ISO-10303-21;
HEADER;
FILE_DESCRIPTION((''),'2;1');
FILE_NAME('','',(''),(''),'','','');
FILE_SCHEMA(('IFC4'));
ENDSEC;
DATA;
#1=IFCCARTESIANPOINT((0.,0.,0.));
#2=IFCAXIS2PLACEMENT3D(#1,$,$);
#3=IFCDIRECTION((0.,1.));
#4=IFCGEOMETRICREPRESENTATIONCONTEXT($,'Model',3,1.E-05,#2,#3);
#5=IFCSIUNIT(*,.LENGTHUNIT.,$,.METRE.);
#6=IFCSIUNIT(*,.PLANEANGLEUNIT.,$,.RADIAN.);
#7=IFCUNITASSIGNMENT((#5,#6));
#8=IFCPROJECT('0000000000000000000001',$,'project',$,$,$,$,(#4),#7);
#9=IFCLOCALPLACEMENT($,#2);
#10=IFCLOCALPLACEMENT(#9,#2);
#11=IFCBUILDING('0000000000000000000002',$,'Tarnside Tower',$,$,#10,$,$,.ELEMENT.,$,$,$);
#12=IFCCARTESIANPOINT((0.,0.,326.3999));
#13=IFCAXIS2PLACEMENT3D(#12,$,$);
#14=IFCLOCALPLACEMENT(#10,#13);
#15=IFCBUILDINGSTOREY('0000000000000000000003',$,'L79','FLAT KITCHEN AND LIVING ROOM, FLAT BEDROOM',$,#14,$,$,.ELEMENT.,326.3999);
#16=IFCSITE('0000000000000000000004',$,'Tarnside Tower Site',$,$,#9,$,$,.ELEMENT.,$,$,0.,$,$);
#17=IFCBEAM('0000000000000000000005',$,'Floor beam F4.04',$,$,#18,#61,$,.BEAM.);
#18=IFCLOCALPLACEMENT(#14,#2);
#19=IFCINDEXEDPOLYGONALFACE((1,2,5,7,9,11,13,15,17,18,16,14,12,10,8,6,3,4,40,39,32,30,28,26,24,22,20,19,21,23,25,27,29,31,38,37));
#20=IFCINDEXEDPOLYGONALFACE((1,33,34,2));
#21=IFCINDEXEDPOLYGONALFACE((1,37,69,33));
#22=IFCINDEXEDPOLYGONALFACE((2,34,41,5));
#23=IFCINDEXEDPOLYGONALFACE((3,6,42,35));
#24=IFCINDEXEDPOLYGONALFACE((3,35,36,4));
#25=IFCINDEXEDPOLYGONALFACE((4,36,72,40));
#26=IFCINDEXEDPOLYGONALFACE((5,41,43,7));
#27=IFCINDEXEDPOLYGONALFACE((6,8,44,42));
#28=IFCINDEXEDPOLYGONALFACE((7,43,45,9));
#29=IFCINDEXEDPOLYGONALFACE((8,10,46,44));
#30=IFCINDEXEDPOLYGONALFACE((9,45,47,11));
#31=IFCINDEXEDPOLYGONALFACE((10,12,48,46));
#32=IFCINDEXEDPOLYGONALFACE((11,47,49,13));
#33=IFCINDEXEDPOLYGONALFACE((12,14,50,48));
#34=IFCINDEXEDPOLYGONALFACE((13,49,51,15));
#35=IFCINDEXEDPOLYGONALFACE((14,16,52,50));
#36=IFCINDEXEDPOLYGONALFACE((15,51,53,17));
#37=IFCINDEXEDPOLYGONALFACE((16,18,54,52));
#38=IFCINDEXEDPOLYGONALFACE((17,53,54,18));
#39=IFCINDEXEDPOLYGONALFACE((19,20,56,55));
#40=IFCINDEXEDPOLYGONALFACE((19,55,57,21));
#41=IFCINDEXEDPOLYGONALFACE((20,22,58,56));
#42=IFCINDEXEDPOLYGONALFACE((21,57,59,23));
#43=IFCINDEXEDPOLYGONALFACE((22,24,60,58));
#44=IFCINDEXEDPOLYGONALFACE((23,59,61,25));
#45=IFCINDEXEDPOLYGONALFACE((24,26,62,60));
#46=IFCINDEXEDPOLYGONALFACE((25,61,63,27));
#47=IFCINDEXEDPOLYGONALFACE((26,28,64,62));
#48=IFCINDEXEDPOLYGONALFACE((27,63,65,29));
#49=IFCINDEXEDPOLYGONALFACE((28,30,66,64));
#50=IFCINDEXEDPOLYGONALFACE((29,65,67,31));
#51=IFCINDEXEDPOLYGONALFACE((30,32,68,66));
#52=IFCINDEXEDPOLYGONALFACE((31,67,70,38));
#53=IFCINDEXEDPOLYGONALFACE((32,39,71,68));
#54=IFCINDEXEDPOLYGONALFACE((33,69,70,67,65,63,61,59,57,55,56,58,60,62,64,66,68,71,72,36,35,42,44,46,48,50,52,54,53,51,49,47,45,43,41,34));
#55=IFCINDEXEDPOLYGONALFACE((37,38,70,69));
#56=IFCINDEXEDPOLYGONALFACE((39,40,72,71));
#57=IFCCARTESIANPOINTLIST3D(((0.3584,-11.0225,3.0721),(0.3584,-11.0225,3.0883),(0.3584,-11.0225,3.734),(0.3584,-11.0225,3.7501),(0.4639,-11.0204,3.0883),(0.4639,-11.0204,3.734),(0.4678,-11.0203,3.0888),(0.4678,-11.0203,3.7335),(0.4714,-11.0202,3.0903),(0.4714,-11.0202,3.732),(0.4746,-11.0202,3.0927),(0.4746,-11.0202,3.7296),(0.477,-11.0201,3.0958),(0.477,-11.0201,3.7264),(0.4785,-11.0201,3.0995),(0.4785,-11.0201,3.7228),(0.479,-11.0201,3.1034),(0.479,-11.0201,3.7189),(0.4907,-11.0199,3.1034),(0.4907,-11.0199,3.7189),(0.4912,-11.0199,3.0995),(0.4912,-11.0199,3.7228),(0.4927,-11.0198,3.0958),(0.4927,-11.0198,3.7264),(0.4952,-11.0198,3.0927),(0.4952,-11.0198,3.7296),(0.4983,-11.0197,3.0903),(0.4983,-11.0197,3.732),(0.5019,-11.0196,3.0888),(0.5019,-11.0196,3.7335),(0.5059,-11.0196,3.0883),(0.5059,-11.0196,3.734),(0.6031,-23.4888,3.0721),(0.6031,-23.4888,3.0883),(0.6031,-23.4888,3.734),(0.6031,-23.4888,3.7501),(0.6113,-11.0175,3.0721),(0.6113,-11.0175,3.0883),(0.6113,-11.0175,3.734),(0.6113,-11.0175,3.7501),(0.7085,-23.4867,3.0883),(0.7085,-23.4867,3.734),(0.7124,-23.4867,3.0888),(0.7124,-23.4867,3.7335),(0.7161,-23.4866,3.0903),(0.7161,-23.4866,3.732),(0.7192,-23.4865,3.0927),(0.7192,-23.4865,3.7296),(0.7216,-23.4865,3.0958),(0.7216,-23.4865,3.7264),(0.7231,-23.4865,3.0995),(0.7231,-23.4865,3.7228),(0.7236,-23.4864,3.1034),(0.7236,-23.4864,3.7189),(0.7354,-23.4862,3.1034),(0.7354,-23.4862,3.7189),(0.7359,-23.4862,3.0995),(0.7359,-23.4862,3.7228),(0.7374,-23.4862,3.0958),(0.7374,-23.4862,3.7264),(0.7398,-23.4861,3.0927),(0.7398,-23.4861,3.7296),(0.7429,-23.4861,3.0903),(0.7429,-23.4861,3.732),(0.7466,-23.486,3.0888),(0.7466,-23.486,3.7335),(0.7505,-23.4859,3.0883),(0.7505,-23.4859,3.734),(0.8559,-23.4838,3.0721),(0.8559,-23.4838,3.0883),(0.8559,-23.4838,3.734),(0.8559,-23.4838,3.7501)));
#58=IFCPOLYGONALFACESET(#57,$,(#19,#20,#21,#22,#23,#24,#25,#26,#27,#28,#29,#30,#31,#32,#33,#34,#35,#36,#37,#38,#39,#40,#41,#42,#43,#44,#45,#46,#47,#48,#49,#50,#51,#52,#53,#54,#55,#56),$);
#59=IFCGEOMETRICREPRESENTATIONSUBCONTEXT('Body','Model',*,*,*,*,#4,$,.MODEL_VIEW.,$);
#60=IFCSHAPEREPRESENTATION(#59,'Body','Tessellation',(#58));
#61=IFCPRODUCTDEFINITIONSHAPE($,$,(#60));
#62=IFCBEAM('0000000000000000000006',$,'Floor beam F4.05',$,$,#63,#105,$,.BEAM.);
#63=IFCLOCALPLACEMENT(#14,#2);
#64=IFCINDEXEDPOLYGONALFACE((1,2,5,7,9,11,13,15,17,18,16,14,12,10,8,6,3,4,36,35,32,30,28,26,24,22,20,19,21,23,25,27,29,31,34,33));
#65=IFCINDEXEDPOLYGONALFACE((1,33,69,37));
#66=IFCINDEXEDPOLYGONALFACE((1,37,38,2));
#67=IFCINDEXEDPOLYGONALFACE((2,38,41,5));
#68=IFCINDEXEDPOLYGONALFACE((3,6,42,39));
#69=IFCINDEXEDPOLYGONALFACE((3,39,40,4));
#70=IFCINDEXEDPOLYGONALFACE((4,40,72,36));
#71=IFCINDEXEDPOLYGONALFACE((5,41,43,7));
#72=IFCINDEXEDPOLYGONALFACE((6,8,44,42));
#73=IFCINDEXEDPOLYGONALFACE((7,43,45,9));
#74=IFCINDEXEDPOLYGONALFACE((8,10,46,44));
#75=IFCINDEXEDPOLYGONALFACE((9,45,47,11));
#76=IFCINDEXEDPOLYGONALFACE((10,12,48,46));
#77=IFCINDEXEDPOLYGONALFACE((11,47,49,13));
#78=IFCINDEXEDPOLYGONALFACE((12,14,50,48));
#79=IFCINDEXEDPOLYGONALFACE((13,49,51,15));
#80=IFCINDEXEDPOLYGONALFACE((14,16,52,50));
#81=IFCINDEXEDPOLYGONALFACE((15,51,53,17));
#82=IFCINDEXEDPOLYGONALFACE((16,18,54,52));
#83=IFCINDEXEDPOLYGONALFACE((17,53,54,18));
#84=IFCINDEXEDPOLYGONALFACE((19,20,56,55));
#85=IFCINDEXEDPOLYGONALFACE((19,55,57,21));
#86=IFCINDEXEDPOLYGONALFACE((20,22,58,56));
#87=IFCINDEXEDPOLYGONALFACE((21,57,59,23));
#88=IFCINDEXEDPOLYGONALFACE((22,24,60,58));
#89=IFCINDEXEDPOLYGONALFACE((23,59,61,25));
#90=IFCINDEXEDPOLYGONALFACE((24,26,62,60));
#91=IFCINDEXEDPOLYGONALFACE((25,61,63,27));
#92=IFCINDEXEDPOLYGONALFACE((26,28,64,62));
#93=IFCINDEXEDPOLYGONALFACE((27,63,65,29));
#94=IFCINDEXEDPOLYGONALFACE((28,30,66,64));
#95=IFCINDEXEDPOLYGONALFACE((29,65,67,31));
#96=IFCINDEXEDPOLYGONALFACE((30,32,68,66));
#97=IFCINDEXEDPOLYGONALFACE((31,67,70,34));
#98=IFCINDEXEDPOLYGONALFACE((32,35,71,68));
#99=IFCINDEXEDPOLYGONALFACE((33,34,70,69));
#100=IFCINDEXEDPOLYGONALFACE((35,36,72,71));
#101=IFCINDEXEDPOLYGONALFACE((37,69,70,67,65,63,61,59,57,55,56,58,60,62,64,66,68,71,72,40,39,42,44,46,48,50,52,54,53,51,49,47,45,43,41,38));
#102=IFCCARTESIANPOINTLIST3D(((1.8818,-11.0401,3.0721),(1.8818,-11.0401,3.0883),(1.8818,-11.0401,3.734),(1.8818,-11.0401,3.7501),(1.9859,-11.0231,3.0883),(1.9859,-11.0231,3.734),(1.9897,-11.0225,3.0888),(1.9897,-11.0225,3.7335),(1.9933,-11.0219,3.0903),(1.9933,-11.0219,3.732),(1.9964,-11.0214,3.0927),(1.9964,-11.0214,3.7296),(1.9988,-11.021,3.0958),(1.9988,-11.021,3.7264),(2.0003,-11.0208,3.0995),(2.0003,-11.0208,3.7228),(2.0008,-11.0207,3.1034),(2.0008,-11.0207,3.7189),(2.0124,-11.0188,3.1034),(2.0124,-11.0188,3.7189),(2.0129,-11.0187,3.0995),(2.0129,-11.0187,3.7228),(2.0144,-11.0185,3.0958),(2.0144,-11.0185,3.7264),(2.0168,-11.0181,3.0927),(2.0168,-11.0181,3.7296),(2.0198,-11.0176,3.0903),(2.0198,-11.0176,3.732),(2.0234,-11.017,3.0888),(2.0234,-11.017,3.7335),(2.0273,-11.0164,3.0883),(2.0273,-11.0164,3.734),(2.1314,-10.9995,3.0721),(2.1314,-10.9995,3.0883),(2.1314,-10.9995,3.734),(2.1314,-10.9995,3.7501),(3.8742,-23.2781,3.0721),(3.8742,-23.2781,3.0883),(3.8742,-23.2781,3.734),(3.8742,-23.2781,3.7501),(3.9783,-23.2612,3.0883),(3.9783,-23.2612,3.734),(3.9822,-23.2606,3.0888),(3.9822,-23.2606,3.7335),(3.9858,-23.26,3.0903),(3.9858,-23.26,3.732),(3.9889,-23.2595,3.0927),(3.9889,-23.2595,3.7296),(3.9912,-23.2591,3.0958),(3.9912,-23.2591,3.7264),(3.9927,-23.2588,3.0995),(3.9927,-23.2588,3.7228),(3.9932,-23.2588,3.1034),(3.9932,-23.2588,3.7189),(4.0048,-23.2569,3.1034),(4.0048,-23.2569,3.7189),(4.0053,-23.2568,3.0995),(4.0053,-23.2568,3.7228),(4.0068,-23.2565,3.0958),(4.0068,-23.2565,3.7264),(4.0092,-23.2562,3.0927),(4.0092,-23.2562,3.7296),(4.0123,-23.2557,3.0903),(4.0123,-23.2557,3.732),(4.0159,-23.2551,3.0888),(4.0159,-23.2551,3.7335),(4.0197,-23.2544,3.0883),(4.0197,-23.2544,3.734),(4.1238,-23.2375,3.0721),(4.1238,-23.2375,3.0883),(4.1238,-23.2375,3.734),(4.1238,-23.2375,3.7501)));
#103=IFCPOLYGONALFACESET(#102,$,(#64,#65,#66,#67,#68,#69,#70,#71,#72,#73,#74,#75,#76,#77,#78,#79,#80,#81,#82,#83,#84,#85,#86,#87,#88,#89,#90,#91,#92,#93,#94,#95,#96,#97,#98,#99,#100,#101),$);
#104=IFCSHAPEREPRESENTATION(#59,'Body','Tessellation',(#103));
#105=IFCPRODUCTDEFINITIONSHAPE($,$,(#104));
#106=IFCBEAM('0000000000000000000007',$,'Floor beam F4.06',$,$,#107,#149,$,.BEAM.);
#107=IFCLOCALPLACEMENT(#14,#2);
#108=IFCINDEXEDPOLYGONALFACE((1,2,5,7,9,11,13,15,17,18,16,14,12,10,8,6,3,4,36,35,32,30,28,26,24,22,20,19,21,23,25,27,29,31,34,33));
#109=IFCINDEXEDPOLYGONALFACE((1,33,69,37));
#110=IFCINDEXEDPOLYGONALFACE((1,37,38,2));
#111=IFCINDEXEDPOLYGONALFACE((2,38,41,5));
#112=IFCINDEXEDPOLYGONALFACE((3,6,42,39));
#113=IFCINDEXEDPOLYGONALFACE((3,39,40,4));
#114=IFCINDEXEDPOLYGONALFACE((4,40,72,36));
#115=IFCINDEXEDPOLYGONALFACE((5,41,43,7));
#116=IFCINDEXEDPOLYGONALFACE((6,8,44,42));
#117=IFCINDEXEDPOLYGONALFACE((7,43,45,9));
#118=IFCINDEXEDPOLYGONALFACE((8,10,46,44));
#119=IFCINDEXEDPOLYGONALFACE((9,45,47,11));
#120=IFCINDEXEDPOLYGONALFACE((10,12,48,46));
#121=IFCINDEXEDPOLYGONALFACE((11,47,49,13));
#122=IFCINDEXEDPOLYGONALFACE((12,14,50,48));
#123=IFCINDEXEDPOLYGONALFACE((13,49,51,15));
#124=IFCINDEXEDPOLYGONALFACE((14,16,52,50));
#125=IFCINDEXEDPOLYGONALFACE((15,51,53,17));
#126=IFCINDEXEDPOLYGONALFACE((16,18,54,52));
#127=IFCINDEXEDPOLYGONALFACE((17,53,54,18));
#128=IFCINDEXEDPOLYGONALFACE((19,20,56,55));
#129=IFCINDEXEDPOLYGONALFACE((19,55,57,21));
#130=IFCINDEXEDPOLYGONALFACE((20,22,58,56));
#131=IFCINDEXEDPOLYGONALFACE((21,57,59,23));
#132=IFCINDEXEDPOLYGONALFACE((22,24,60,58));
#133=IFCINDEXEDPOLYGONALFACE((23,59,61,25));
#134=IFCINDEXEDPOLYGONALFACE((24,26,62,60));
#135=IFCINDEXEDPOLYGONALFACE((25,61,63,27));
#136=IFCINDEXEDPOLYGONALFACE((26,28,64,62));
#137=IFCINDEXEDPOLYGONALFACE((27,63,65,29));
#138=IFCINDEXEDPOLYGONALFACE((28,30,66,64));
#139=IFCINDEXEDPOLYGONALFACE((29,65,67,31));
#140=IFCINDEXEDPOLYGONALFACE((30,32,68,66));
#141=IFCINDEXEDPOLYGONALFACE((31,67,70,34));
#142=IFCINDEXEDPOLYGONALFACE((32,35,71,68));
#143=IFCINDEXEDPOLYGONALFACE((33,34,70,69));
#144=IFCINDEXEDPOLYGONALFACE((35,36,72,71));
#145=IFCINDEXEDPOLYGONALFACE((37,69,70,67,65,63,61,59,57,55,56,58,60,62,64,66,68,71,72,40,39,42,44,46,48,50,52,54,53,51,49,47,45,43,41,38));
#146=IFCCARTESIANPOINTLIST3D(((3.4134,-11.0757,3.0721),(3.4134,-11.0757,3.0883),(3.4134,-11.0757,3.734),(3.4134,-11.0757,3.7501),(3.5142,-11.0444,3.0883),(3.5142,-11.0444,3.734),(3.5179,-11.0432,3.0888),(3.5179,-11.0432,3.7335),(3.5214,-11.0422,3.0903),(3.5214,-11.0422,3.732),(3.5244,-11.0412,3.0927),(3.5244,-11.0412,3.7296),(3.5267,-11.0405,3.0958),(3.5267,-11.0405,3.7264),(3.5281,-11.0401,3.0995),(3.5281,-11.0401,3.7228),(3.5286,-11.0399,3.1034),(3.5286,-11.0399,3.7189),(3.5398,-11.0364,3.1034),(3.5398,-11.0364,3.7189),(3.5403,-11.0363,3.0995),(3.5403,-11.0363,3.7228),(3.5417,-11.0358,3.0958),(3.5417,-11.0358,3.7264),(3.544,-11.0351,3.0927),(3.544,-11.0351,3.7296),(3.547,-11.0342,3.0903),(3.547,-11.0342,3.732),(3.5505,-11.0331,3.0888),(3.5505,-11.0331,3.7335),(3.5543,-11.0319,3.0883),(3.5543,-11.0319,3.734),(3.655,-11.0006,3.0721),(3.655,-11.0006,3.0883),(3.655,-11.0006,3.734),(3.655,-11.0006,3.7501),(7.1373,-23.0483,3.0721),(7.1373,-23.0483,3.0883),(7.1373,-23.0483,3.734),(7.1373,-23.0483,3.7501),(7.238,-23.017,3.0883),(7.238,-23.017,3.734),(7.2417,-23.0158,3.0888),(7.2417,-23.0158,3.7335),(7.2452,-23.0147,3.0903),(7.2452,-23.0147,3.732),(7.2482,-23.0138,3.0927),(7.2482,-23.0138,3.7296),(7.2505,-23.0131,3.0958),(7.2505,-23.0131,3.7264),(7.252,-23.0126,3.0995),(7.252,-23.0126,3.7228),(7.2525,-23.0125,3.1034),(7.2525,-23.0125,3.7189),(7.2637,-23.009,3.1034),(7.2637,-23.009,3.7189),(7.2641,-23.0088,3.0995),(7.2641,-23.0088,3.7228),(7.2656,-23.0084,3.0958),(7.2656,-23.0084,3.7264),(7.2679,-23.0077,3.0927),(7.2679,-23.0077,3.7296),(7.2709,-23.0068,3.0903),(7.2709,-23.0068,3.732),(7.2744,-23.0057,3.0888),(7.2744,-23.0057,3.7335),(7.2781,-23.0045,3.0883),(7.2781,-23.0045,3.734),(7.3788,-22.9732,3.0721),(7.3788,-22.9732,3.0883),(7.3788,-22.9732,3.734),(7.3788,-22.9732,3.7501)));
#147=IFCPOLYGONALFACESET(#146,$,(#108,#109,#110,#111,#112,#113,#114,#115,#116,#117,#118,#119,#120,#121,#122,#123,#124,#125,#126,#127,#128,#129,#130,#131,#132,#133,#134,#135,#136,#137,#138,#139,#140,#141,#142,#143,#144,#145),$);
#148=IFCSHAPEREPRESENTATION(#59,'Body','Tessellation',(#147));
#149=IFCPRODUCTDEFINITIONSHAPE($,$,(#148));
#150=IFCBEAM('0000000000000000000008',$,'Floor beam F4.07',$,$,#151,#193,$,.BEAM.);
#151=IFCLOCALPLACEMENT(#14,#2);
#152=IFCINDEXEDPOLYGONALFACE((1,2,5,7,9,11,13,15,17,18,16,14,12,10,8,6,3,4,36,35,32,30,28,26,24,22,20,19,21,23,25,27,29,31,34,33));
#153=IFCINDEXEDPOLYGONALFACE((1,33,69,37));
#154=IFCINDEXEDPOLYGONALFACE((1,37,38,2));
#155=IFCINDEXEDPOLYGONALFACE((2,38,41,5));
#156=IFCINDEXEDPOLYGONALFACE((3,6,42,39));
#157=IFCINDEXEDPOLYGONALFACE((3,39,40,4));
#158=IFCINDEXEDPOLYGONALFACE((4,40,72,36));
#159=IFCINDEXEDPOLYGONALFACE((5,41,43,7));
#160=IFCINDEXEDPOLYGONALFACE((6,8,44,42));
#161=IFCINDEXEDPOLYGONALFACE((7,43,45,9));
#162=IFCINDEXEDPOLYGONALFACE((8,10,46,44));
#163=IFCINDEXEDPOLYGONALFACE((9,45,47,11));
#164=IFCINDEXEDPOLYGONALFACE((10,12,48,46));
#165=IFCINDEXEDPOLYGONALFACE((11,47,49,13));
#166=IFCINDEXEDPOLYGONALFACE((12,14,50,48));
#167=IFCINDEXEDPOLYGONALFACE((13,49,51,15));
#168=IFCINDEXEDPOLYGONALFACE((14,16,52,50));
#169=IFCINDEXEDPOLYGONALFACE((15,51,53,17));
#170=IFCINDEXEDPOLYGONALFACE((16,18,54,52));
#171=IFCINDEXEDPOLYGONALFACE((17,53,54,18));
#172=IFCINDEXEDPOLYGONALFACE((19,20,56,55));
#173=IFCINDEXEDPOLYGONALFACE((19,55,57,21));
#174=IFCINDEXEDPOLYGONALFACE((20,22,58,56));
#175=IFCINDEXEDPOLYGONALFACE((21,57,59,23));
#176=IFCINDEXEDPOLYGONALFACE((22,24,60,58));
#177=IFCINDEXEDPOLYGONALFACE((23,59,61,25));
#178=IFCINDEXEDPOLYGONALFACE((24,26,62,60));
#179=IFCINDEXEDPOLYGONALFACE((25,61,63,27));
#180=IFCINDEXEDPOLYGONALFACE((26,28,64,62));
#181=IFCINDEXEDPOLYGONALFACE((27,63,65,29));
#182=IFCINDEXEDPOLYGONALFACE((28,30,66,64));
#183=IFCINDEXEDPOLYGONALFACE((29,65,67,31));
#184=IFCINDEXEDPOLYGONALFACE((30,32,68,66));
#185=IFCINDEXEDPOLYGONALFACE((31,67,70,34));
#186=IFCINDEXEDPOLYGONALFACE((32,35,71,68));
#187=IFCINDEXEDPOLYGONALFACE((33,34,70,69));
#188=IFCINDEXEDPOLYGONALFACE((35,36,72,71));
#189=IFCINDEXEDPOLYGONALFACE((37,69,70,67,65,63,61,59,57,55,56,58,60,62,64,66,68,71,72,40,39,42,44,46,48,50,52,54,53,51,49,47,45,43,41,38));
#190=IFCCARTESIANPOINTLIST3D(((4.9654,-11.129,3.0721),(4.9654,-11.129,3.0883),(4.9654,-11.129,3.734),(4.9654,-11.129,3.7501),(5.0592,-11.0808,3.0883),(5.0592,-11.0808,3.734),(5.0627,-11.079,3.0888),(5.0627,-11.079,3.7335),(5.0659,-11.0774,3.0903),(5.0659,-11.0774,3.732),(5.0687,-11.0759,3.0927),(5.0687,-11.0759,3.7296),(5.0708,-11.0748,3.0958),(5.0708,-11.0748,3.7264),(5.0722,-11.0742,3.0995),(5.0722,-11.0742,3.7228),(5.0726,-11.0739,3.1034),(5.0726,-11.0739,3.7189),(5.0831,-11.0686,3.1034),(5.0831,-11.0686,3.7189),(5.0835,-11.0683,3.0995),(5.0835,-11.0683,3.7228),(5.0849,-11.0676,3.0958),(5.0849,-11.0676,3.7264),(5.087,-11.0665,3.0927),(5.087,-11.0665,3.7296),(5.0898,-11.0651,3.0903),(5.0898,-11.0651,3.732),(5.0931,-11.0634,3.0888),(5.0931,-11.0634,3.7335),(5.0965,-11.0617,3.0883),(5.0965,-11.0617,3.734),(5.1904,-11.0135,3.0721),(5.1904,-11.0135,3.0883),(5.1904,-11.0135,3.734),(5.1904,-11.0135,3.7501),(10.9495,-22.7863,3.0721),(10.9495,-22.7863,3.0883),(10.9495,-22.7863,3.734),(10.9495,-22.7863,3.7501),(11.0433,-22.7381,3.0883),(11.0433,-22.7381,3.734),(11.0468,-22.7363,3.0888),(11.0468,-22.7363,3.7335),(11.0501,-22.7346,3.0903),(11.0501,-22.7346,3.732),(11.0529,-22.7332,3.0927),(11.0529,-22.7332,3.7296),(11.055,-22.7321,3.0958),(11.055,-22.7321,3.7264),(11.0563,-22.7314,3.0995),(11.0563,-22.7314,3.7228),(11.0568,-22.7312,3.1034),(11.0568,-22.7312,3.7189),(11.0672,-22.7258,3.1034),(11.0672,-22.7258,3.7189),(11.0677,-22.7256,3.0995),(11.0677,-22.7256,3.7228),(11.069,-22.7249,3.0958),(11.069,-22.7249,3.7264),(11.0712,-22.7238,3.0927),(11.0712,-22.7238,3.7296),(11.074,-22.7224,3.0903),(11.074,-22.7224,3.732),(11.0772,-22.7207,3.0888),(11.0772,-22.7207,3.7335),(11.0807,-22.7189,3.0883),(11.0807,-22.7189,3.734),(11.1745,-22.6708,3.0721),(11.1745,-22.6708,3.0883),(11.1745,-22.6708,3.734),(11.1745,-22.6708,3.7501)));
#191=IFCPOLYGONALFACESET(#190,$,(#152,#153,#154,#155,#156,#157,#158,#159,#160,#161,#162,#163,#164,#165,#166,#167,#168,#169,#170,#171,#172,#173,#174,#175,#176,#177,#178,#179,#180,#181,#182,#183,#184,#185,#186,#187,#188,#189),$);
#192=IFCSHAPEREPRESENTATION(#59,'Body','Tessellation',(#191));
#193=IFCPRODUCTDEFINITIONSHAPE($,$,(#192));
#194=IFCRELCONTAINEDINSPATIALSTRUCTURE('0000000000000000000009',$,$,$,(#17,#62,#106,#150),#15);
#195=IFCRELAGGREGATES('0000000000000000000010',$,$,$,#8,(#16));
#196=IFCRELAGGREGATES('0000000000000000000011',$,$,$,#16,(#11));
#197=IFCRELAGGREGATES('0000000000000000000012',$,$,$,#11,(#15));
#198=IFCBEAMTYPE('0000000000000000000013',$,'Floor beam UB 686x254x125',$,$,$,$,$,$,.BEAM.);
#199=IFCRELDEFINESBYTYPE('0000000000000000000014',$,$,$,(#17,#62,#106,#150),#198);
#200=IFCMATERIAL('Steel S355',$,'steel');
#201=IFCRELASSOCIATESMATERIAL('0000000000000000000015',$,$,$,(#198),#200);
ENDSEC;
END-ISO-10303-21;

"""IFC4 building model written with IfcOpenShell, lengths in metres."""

from ifc_helpers import new_model, si_unit, direction, frame, origin, origin_2d, place, context, subcontext, project, spatial, i_section, extrude, material, material_profile, profile_set, type_object, element, save


model = new_model("IFC4")

# Units and contexts
model_context = context("Model", 3, precision=1e-05, world=origin(), true_north=direction((0.0, 1.0)))
body_context = subcontext(model_context, "Body", "Model", "MODEL_VIEW")
ifc_project = project(units=[si_unit("LENGTHUNIT", "METRE"), si_unit("PLANEANGLEUNIT", "RADIAN")], contexts=[model_context])

# Site, building, storey
site_placement = place(None, origin())
site = spatial("IfcSite", under=ifc_project, at=site_placement, Name="Tarnside Tower Site", CompositionType="ELEMENT", RefElevation=0.0)
building_placement = place(site_placement, origin())
building = spatial("IfcBuilding", under=site, at=building_placement, Name="Tarnside Tower", CompositionType="ELEMENT")
storey_placement = place(building_placement, frame((0.0, 0.0, 326.3999)))
storey = spatial("IfcBuildingStorey", under=building, at=storey_placement, Name="L79", Description="FLAT KITCHEN AND LIVING ROOM, FLAT BEDROOM", CompositionType="ELEMENT", Elevation=326.3999)

# Beams
ifc_material_1 = material(Name="Steel S355", Category="steel")
ifc_material_profile = material_profile(ifc_material_1, i_section(OverallWidth=0.2529, OverallDepth=0.678, WebThickness=0.0117, FlangeThickness=0.0161, FilletRadius=0.0151, at=origin_2d()), Name="UB 686x254x125")
ifc_profile_set = profile_set([ifc_material_profile], Name="Steel S355")
beam_type = type_object("IfcBeamType", Name="Floor beam UB 686x254x125", PredefinedType="BEAM", material=ifc_profile_set)
beam_1_placement = place(storey_placement, frame((0.7295, -23.4863, 3.4111), z_axis=(-0.019619, 0.999808, 0.0), x_axis=(-0.999808, -0.019619, 0.0)))
element("IfcBeam", 1, at=beam_1_placement, inside=storey, type_object=beam_type, Name="Floor beam F4.04", PredefinedType="BEAM", context=body_context, shape_type="SweptSolid", body=[
    extrude(i_section(OverallWidth=0.2529, OverallDepth=0.678, WebThickness=0.0117, FlangeThickness=0.0161, FilletRadius=0.0151, at=origin_2d()), origin(), (0.0, 0.0, 1.0), 12.4688),
])
beam_2_placement = place(storey_placement, frame((3.999, -23.2578, 3.4111), z_axis=(-0.160691, 0.987005, 0.0), x_axis=(-0.987005, -0.160691, 0.0)))
element("IfcBeam", 2, at=beam_2_placement, inside=storey, type_object=beam_type, Name="Floor beam F4.05", PredefinedType="BEAM", context=body_context, shape_type="SweptSolid", body=[
    extrude(i_section(OverallWidth=0.2529, OverallDepth=0.678, WebThickness=0.0117, FlangeThickness=0.0161, FilletRadius=0.0151, at=origin_2d()), origin(), (0.0, 0.0, 1.0), 12.3992),
])
beam_3_placement = place(storey_placement, frame((7.2581, -23.0107, 3.4111), z_axis=(-0.296998, 0.954878, 0.0), x_axis=(-0.954878, -0.296998, 0.0)))
element("IfcBeam", 3, at=beam_3_placement, inside=storey, type_object=beam_type, Name="Floor beam F4.06", PredefinedType="BEAM", context=body_context, shape_type="SweptSolid", body=[
    extrude(i_section(OverallWidth=0.2529, OverallDepth=0.678, WebThickness=0.0117, FlangeThickness=0.0161, FilletRadius=0.0151, at=origin_2d()), origin(), (0.0, 0.0, 1.0), 12.5383),
])
beam_4_placement = place(storey_placement, frame((11.062, -22.7285, 3.4111), z_axis=(-0.456683, 0.889629, 0.0), x_axis=(-0.889629, -0.456683, 0.0)))
element("IfcBeam", 4, at=beam_4_placement, inside=storey, type_object=beam_type, Name="Floor beam F4.07", PredefinedType="BEAM", context=body_context, shape_type="SweptSolid", body=[
    extrude(i_section(OverallWidth=0.2529, OverallDepth=0.678, WebThickness=0.0117, FlangeThickness=0.0161, FilletRadius=0.0151, at=origin_2d()), origin(), (0.0, 0.0, 1.0), 13.1035),
])

save(model, "model.ifc")
